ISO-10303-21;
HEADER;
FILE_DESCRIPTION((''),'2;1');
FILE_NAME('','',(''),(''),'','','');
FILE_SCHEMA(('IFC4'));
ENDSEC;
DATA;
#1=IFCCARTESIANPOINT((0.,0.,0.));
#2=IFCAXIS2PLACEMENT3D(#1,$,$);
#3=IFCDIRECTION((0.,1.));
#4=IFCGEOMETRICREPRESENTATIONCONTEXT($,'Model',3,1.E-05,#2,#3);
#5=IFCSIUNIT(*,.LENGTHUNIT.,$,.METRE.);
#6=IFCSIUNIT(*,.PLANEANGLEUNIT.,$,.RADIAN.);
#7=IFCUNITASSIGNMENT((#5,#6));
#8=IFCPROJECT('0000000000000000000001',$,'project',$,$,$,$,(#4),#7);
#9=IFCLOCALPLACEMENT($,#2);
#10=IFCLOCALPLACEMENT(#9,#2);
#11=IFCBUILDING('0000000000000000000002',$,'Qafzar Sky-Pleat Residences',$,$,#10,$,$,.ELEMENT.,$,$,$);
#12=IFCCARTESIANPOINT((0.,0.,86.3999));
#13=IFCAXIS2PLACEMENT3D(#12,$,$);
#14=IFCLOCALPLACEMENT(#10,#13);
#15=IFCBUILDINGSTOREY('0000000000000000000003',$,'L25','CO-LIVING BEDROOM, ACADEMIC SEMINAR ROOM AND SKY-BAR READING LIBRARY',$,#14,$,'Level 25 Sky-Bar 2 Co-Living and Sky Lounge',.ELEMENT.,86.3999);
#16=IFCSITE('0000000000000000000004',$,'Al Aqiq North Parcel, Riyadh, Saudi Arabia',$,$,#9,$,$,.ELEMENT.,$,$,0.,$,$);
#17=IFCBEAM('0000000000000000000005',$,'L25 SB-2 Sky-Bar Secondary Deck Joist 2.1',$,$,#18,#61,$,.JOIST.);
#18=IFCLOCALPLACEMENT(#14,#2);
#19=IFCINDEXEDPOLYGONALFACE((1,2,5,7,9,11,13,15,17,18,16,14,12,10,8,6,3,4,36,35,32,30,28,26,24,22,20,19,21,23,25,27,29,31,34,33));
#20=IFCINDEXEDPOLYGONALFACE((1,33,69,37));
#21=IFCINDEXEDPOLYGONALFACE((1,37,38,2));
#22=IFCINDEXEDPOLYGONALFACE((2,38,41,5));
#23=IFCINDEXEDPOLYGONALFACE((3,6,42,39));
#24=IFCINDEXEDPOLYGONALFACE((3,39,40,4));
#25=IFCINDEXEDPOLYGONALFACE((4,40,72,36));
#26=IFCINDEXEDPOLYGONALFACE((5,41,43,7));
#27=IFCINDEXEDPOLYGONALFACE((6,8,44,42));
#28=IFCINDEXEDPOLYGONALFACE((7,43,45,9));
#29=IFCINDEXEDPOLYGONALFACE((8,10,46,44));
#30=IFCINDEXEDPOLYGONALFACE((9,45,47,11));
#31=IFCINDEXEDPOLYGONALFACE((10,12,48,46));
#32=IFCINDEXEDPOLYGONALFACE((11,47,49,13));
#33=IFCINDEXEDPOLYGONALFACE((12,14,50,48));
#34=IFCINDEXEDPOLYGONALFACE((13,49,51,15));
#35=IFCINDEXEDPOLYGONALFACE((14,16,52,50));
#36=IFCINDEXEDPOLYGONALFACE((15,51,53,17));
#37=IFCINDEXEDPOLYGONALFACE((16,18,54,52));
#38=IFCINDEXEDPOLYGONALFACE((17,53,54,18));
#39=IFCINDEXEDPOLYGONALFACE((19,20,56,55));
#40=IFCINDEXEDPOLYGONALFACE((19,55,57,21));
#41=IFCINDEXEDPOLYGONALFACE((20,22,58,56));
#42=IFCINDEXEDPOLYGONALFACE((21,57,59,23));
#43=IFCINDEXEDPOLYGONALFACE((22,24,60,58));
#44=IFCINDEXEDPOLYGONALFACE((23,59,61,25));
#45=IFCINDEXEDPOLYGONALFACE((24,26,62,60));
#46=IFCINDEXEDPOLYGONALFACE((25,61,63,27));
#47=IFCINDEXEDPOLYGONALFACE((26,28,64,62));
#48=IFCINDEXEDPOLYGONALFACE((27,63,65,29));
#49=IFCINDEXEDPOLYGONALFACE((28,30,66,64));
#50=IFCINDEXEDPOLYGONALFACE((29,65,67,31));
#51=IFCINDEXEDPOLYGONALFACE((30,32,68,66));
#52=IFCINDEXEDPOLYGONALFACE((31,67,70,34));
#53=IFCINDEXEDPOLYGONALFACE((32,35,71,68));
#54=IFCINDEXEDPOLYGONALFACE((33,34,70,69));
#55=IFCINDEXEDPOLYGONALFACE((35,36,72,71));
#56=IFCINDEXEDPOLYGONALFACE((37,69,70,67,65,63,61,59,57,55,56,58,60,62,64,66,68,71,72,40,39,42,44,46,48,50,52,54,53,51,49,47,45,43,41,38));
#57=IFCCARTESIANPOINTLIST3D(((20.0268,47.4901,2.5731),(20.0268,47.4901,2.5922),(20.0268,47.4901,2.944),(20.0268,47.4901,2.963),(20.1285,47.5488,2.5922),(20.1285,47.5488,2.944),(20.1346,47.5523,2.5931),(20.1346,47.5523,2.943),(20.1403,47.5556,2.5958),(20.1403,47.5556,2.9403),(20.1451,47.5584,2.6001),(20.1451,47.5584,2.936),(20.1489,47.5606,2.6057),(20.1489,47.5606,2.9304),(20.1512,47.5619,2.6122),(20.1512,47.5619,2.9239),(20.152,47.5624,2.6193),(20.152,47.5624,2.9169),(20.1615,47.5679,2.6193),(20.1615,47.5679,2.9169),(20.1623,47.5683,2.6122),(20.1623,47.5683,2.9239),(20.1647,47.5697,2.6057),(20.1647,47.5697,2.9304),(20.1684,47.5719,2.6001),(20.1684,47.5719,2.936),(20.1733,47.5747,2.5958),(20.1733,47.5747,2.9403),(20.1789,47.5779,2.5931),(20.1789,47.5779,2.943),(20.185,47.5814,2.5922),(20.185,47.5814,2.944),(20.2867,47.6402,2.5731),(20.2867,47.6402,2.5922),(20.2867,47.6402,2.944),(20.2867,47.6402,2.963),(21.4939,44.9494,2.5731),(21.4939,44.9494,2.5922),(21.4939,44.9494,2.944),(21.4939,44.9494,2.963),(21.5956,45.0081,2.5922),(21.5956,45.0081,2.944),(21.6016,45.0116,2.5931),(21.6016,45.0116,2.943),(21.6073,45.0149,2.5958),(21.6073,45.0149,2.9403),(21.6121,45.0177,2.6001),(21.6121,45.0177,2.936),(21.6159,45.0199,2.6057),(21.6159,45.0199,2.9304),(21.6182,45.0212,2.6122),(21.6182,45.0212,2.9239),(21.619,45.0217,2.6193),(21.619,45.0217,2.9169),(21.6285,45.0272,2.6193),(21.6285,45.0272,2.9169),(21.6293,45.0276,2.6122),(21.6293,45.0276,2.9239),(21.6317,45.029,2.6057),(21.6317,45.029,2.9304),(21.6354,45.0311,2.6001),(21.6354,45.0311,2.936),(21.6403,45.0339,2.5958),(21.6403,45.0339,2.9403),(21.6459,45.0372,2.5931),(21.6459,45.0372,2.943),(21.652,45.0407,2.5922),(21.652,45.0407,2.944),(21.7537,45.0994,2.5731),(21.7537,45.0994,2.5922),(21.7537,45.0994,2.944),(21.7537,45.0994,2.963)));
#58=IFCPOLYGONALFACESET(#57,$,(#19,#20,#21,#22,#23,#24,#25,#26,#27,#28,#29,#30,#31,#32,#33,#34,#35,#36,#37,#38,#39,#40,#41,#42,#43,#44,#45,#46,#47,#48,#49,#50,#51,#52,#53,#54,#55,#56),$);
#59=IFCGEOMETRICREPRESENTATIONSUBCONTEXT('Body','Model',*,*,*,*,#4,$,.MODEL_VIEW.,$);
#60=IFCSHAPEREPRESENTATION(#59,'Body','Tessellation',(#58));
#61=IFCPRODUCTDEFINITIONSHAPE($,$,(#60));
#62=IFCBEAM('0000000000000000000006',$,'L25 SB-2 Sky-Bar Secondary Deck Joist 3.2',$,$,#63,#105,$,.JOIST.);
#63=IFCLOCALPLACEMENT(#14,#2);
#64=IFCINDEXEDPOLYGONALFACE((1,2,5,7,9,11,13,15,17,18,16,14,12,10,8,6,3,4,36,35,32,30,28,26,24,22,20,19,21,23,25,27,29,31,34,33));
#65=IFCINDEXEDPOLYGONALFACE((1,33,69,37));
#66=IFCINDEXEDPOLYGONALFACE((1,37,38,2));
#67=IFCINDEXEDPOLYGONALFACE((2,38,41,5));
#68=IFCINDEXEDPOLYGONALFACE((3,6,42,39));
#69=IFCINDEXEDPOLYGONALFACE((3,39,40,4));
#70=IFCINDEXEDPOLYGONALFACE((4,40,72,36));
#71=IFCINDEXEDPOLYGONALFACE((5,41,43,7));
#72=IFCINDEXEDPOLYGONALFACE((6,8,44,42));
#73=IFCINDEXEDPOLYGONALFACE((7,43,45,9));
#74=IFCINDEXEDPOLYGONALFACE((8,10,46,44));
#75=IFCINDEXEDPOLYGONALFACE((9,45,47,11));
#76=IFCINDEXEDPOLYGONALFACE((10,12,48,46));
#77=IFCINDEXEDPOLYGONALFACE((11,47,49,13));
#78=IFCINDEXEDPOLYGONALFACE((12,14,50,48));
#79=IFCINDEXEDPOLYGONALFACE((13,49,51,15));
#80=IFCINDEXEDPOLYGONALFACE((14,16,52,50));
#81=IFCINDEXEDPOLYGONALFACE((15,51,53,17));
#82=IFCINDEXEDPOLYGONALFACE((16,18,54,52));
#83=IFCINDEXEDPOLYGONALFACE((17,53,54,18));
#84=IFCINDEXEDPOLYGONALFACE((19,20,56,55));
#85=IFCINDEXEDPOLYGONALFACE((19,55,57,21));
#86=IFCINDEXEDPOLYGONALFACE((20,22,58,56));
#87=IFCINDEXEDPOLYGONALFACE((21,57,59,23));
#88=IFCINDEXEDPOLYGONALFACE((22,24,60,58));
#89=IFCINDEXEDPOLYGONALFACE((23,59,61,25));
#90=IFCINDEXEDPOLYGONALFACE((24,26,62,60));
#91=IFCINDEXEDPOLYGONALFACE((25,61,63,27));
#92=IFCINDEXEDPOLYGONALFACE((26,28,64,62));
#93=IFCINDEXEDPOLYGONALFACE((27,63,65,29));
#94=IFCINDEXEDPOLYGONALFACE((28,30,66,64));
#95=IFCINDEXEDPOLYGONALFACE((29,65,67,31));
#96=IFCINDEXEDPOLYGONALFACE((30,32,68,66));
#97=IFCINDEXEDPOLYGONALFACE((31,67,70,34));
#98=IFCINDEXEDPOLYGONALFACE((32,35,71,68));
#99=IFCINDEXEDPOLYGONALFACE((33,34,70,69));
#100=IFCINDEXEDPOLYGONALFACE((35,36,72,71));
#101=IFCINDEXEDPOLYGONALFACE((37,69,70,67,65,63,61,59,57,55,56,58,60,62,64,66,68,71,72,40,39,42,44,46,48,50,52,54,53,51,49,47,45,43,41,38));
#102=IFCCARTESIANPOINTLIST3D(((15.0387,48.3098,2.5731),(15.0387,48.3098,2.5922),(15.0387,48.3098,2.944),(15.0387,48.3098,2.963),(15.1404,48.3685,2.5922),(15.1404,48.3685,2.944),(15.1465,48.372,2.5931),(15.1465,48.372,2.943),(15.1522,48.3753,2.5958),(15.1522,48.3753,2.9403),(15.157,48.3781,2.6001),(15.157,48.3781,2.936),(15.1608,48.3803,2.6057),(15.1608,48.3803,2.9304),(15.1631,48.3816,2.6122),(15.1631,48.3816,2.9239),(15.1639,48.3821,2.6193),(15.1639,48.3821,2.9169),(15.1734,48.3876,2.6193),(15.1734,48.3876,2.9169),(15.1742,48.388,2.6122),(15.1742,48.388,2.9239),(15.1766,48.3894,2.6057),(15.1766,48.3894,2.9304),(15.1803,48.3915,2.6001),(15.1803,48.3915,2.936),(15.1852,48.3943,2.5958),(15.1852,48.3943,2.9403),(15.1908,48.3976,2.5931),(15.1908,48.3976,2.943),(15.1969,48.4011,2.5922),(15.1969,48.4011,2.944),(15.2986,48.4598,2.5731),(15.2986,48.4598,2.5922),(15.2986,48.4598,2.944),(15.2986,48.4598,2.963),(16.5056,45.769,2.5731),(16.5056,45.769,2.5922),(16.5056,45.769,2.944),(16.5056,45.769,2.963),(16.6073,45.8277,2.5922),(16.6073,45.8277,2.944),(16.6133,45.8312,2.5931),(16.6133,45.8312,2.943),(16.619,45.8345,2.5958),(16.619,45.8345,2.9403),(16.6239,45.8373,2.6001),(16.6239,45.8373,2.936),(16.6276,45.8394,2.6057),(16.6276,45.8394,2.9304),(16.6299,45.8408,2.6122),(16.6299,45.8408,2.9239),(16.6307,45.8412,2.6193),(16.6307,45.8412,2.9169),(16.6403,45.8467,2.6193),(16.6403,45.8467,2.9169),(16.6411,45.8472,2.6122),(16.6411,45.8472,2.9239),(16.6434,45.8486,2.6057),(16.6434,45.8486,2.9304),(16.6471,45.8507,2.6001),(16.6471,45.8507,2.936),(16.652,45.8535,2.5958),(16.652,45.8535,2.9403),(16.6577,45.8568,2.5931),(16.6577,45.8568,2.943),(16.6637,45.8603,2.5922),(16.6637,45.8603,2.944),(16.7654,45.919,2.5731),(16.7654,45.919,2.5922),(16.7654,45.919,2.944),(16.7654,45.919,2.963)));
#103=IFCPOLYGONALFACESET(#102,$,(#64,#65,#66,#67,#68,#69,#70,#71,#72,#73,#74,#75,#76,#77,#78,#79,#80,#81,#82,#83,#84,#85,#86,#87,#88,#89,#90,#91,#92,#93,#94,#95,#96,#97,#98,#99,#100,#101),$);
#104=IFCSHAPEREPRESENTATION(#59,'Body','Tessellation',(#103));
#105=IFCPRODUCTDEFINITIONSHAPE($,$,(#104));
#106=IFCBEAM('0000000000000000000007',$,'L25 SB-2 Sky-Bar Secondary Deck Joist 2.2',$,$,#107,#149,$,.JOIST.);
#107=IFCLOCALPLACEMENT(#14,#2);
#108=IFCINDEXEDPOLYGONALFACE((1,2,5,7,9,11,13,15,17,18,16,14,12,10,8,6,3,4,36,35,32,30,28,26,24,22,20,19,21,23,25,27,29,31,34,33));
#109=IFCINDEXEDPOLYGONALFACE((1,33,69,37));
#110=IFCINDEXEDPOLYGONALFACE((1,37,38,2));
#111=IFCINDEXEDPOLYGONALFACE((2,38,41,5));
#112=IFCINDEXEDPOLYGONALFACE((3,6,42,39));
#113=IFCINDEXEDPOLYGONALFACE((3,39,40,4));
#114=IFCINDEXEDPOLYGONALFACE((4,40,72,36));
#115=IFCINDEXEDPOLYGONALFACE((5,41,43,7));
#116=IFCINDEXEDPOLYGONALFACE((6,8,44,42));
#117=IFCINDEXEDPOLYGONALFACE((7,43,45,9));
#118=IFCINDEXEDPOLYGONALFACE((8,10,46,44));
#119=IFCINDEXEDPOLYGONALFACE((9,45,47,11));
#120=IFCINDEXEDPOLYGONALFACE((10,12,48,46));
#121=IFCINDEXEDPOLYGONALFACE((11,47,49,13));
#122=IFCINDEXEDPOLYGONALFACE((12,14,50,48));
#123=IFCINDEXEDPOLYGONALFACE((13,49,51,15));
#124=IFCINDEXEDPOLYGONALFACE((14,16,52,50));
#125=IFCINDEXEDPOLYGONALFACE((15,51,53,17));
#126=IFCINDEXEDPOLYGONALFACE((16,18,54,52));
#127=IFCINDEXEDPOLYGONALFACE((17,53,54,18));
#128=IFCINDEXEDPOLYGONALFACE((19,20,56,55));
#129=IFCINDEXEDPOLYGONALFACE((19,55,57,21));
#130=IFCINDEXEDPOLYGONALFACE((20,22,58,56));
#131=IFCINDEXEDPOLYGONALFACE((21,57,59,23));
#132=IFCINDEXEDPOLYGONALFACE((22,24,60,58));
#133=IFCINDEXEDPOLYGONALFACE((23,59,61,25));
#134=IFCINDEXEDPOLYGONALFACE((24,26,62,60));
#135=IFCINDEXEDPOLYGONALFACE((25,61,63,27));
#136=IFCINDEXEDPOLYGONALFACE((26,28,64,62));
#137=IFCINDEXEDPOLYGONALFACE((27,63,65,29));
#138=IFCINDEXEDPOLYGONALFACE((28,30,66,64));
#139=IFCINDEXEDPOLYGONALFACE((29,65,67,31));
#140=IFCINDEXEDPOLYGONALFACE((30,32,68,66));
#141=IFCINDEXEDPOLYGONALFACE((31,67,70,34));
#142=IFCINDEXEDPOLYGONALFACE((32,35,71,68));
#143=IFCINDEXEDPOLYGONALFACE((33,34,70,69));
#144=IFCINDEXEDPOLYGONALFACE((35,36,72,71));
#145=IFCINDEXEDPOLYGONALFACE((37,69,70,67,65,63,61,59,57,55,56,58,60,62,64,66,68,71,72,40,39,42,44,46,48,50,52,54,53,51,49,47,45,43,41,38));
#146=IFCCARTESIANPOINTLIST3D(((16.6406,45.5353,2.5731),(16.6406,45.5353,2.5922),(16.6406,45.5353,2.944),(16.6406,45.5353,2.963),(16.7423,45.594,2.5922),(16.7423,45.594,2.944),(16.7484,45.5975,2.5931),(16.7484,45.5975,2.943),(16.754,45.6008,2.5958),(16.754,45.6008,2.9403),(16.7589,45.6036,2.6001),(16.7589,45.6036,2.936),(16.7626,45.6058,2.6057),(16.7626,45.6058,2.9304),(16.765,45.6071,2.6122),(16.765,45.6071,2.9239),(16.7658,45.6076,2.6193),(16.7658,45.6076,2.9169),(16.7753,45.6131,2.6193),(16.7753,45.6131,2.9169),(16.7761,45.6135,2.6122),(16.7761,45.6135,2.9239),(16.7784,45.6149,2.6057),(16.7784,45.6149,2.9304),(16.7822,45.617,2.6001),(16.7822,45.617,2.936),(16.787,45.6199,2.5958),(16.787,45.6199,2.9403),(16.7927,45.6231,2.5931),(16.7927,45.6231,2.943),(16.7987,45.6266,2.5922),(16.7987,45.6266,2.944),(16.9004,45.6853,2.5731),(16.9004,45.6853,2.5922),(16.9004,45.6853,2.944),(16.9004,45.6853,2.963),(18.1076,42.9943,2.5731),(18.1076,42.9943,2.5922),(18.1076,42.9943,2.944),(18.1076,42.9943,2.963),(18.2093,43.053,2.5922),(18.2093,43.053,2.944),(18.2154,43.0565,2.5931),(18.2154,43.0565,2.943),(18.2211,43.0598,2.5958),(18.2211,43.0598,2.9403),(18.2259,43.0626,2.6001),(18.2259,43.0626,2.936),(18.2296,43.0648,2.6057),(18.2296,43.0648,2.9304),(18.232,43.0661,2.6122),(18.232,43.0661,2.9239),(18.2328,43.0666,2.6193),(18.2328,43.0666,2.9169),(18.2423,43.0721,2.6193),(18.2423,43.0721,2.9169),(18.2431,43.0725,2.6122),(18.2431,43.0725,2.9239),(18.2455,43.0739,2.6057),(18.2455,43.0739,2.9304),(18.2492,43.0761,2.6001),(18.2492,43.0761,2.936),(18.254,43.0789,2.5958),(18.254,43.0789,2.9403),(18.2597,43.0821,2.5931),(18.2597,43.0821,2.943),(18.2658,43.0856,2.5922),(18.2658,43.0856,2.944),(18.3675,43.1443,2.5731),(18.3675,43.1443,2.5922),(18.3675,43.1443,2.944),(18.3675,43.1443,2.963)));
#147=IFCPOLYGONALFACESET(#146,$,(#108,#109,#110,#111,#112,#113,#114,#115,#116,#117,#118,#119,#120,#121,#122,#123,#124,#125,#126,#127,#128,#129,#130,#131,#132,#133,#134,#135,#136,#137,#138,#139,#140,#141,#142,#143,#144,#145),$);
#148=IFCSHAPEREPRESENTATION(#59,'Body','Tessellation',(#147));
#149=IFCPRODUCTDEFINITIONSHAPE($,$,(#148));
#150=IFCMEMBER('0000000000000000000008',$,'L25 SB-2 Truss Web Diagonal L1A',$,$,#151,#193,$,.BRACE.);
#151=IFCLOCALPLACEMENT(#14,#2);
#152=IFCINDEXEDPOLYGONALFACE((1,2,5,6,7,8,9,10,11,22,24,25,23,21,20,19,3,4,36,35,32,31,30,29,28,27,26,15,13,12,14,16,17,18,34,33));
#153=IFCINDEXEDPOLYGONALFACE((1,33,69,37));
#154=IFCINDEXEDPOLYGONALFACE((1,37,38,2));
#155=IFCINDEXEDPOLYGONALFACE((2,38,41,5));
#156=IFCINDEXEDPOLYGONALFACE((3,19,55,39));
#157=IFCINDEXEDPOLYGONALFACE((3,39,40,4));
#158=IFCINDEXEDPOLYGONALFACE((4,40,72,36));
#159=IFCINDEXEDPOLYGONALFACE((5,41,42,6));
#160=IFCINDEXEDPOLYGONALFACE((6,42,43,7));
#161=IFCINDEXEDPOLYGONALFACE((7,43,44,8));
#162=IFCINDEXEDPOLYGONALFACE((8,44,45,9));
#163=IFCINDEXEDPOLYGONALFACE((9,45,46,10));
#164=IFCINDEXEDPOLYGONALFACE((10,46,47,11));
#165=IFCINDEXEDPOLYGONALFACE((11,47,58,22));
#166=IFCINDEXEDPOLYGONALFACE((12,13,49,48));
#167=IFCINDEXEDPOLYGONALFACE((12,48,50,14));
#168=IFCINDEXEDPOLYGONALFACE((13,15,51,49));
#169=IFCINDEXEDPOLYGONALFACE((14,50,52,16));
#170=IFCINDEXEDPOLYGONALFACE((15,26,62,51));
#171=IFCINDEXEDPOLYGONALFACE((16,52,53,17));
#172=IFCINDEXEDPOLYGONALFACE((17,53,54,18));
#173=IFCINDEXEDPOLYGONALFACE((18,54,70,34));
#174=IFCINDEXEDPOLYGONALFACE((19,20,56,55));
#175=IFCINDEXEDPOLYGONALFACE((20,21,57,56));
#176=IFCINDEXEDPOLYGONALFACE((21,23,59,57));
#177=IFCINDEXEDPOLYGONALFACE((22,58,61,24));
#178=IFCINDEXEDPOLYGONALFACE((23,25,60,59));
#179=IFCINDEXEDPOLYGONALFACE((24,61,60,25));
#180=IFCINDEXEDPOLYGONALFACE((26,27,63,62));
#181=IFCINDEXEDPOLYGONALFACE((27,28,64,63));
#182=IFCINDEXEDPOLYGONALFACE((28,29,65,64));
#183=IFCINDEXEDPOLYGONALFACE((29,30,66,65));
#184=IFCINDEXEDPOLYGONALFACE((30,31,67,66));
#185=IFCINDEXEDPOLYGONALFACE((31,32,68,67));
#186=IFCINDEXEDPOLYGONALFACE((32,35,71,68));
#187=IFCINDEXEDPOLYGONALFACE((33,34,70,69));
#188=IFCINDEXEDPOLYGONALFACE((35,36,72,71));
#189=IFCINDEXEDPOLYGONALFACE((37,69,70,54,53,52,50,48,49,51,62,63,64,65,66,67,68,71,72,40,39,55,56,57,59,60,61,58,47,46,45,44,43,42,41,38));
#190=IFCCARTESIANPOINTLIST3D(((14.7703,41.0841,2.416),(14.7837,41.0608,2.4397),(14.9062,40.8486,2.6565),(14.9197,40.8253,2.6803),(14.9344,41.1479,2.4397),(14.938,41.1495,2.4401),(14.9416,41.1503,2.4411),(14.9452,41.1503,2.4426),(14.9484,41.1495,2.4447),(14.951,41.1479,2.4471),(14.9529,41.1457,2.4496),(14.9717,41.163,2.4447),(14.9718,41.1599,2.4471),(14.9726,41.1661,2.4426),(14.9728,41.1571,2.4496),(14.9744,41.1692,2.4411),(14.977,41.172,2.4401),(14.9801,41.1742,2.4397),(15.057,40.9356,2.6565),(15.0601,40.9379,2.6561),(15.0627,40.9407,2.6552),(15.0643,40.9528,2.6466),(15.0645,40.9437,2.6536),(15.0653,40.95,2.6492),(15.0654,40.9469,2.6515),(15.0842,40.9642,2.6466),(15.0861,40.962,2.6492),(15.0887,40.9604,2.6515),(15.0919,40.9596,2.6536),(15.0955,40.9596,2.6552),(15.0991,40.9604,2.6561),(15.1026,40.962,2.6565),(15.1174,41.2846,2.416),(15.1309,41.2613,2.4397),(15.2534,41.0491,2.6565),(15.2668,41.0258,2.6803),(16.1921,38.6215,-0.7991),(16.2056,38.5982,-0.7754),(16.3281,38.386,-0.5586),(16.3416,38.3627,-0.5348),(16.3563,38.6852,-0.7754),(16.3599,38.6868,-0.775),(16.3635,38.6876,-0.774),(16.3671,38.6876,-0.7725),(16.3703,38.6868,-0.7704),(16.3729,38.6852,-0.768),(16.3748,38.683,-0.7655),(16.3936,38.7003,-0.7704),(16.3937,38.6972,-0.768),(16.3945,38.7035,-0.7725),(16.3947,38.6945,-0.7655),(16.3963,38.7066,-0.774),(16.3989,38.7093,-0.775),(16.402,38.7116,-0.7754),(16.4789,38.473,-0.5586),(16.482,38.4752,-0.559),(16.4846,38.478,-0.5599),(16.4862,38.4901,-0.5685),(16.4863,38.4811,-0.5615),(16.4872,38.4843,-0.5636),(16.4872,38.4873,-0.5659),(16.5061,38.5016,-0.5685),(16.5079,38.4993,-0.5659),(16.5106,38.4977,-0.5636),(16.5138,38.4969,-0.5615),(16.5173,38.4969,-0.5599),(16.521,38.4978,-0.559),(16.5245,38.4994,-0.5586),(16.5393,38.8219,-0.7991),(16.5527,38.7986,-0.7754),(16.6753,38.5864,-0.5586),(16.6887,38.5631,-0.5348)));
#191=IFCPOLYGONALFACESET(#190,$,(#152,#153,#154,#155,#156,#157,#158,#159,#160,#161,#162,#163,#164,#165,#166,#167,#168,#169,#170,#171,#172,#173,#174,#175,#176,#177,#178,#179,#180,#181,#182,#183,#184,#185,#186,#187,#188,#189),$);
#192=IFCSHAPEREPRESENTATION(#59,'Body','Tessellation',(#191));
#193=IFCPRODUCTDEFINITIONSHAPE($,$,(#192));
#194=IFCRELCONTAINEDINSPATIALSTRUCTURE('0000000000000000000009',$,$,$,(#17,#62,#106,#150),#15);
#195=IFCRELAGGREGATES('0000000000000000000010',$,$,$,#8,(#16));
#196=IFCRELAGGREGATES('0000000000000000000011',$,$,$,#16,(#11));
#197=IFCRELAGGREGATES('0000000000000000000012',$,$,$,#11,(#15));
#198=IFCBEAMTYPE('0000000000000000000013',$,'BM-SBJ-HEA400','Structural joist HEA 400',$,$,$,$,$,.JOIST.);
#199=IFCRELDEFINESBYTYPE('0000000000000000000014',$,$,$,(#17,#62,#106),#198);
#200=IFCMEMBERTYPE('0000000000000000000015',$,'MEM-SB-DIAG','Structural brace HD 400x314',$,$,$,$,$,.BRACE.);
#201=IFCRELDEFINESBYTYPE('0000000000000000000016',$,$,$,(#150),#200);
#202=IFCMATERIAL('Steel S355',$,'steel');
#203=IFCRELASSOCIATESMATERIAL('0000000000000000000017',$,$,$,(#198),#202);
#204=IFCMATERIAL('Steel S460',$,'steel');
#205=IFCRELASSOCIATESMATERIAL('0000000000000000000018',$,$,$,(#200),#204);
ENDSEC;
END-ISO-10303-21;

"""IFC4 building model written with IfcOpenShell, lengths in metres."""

from ifc_helpers import new_model, si_unit, direction, frame, origin, origin_2d, place, context, subcontext, project, spatial, i_section, extrude, source, transform, mapped, material, material_profile, profile_set, type_object, element, save


model = new_model("IFC4")

# Units and contexts
model_context = context("Model", 3, precision=1e-05, world=origin(), true_north=direction((0.0, 1.0)))
body_context = subcontext(model_context, "Body", "Model", "MODEL_VIEW")
ifc_project = project(units=[si_unit("LENGTHUNIT", "METRE"), si_unit("PLANEANGLEUNIT", "RADIAN")], contexts=[model_context])

# Site, building, storey
site_placement = place(None, origin())
site = spatial("IfcSite", under=ifc_project, at=site_placement, Name="Al Aqiq North Parcel, Riyadh, Saudi Arabia", CompositionType="ELEMENT", RefElevation=0.0)
building_placement = place(site_placement, origin())
building = spatial("IfcBuilding", under=site, at=building_placement, Name="Qafzar Sky-Pleat Residences", CompositionType="ELEMENT")
storey_placement = place(building_placement, frame((0.0, 0.0, 86.3999)))
storey = spatial("IfcBuildingStorey", under=building, at=storey_placement, Name="L25", Description="CO-LIVING BEDROOM, ACADEMIC SEMINAR ROOM AND SKY-BAR READING LIBRARY", LongName="Level 25 Sky-Bar 2 Co-Living and Sky Lounge", CompositionType="ELEMENT", Elevation=86.3999)

# Shared definitions
ifc_material_1 = material(Name="Steel S460", Category="steel")

# Beams
ifc_material_2 = material(Name="Steel S355", Category="steel")
ifc_material_profile_1 = material_profile(ifc_material_2, i_section(OverallWidth=0.3, OverallDepth=0.3899, WebThickness=0.011, FlangeThickness=0.019, FilletRadius=0.0271, at=origin_2d()), Name="HEA 400")
ifc_profile_set_1 = profile_set([ifc_material_profile_1], Name="Steel S355")
beam_type_1 = type_object("IfcBeamType", Name="BM-SBJ-HEA400", Description="Structural joist HEA 400", PredefinedType="JOIST", material=ifc_profile_set_1)
shared_shape_1 = source(origin(), body_context, "Body", "SweptSolid", [
    extrude(i_section(OverallWidth=0.3, OverallDepth=0.3899, WebThickness=0.011, FlangeThickness=0.019, FilletRadius=0.0271, at=origin_2d()), origin(), (0.0, 0.0, 1.0), 2.9338),
])
for number, where, z_axis, x_axis, name in (
    (1, (21.6238, 45.0244, 2.7681), (-0.500032, 0.866007, 0.0), (-0.866007, -0.500032, 0.0), "L25 SB-2 Sky-Bar Secondary Deck Joist 2.1"),
    (2, (16.6355, 45.844, 2.7681), (-0.49997, 0.866043, 0.0), (-0.866043, -0.49997, 0.0), "L25 SB-2 Sky-Bar Secondary Deck Joist 3.2"),
):
    element("IfcBeam", number, at=place(storey_placement, frame(where, z_axis=z_axis, x_axis=x_axis)), inside=storey, type_object=beam_type_1, Name=name, PredefinedType="JOIST", context=body_context, shape_type="MappedRepresentation", body=[
        mapped(shared_shape_1, transform((0.0, 0.0, 0.0), x_axis=(1.0, 0.0, 0.0), y_axis=(0.0, 1.0, 0.0), z_axis=(0.0, 0.0, 1.0), scale=1.0)),
    ])
shared_shape_2 = source(origin(), body_context, "Body", "SweptSolid", [
    extrude(i_section(OverallWidth=0.3, OverallDepth=0.3899, WebThickness=0.011, FlangeThickness=0.019, FilletRadius=0.0271, at=origin_2d()), origin(), (0.0, 0.0, 1.0), 2.9341),
])
beam_1_placement = place(storey_placement, frame((18.2375, 43.0693, 2.7681), z_axis=(-0.499996, 0.866028, 0.0), x_axis=(-0.866028, -0.499996, 0.0)))
element("IfcBeam", 3, at=beam_1_placement, inside=storey, type_object=beam_type_1, Name="L25 SB-2 Sky-Bar Secondary Deck Joist 2.2", PredefinedType="JOIST", context=body_context, shape_type="MappedRepresentation", body=[
    mapped(shared_shape_2, transform((0.0, 0.0, 0.0), x_axis=(1.0, 0.0, 0.0), y_axis=(0.0, 1.0, 0.0), z_axis=(0.0, 0.0, 1.0), scale=1.0)),
])

# Member
ifc_material_profile_2 = material_profile(ifc_material_1, i_section(OverallWidth=0.4009, OverallDepth=0.3989, WebThickness=0.0229, FlangeThickness=0.0359, FilletRadius=0.0149, at=origin_2d()), Name="HD 400x314")
ifc_profile_set_2 = profile_set([ifc_material_profile_2], Name="Steel S460")
member_type = type_object("IfcMemberType", Name="MEM-SB-DIAG", Description="Structural brace HD 400x314", PredefinedType="BRACE", material=ifc_profile_set_2)
shared_shape_3 = source(origin(), body_context, "Body", "SweptSolid", [
    extrude(i_section(OverallWidth=0.4009, OverallDepth=0.3989, WebThickness=0.0229, FlangeThickness=0.0359, FilletRadius=0.0149, at=origin_2d()), origin(), (0.0, 0.0, 1.0), 4.2922),
])
for number, where, z_axis, x_axis, name in (
    (4, (16.4404, 38.5923, -0.667), (-0.331268, 0.573747, 0.74905), (-0.866015, -0.500017, 0.0), "L25 SB-2 Truss Web Diagonal L1A"),
):
    element("IfcMember", number, at=place(storey_placement, frame(where, z_axis=z_axis, x_axis=x_axis)), inside=storey, type_object=member_type, Name=name, PredefinedType="BRACE", context=body_context, shape_type="MappedRepresentation", body=[
        mapped(shared_shape_3, transform((0.0, 0.0, 0.0), x_axis=(1.0, 0.0, 0.0), y_axis=(0.0, 1.0, 0.0), z_axis=(0.0, 0.0, 1.0), scale=1.0)),
    ])

save(model, "model.ifc")
